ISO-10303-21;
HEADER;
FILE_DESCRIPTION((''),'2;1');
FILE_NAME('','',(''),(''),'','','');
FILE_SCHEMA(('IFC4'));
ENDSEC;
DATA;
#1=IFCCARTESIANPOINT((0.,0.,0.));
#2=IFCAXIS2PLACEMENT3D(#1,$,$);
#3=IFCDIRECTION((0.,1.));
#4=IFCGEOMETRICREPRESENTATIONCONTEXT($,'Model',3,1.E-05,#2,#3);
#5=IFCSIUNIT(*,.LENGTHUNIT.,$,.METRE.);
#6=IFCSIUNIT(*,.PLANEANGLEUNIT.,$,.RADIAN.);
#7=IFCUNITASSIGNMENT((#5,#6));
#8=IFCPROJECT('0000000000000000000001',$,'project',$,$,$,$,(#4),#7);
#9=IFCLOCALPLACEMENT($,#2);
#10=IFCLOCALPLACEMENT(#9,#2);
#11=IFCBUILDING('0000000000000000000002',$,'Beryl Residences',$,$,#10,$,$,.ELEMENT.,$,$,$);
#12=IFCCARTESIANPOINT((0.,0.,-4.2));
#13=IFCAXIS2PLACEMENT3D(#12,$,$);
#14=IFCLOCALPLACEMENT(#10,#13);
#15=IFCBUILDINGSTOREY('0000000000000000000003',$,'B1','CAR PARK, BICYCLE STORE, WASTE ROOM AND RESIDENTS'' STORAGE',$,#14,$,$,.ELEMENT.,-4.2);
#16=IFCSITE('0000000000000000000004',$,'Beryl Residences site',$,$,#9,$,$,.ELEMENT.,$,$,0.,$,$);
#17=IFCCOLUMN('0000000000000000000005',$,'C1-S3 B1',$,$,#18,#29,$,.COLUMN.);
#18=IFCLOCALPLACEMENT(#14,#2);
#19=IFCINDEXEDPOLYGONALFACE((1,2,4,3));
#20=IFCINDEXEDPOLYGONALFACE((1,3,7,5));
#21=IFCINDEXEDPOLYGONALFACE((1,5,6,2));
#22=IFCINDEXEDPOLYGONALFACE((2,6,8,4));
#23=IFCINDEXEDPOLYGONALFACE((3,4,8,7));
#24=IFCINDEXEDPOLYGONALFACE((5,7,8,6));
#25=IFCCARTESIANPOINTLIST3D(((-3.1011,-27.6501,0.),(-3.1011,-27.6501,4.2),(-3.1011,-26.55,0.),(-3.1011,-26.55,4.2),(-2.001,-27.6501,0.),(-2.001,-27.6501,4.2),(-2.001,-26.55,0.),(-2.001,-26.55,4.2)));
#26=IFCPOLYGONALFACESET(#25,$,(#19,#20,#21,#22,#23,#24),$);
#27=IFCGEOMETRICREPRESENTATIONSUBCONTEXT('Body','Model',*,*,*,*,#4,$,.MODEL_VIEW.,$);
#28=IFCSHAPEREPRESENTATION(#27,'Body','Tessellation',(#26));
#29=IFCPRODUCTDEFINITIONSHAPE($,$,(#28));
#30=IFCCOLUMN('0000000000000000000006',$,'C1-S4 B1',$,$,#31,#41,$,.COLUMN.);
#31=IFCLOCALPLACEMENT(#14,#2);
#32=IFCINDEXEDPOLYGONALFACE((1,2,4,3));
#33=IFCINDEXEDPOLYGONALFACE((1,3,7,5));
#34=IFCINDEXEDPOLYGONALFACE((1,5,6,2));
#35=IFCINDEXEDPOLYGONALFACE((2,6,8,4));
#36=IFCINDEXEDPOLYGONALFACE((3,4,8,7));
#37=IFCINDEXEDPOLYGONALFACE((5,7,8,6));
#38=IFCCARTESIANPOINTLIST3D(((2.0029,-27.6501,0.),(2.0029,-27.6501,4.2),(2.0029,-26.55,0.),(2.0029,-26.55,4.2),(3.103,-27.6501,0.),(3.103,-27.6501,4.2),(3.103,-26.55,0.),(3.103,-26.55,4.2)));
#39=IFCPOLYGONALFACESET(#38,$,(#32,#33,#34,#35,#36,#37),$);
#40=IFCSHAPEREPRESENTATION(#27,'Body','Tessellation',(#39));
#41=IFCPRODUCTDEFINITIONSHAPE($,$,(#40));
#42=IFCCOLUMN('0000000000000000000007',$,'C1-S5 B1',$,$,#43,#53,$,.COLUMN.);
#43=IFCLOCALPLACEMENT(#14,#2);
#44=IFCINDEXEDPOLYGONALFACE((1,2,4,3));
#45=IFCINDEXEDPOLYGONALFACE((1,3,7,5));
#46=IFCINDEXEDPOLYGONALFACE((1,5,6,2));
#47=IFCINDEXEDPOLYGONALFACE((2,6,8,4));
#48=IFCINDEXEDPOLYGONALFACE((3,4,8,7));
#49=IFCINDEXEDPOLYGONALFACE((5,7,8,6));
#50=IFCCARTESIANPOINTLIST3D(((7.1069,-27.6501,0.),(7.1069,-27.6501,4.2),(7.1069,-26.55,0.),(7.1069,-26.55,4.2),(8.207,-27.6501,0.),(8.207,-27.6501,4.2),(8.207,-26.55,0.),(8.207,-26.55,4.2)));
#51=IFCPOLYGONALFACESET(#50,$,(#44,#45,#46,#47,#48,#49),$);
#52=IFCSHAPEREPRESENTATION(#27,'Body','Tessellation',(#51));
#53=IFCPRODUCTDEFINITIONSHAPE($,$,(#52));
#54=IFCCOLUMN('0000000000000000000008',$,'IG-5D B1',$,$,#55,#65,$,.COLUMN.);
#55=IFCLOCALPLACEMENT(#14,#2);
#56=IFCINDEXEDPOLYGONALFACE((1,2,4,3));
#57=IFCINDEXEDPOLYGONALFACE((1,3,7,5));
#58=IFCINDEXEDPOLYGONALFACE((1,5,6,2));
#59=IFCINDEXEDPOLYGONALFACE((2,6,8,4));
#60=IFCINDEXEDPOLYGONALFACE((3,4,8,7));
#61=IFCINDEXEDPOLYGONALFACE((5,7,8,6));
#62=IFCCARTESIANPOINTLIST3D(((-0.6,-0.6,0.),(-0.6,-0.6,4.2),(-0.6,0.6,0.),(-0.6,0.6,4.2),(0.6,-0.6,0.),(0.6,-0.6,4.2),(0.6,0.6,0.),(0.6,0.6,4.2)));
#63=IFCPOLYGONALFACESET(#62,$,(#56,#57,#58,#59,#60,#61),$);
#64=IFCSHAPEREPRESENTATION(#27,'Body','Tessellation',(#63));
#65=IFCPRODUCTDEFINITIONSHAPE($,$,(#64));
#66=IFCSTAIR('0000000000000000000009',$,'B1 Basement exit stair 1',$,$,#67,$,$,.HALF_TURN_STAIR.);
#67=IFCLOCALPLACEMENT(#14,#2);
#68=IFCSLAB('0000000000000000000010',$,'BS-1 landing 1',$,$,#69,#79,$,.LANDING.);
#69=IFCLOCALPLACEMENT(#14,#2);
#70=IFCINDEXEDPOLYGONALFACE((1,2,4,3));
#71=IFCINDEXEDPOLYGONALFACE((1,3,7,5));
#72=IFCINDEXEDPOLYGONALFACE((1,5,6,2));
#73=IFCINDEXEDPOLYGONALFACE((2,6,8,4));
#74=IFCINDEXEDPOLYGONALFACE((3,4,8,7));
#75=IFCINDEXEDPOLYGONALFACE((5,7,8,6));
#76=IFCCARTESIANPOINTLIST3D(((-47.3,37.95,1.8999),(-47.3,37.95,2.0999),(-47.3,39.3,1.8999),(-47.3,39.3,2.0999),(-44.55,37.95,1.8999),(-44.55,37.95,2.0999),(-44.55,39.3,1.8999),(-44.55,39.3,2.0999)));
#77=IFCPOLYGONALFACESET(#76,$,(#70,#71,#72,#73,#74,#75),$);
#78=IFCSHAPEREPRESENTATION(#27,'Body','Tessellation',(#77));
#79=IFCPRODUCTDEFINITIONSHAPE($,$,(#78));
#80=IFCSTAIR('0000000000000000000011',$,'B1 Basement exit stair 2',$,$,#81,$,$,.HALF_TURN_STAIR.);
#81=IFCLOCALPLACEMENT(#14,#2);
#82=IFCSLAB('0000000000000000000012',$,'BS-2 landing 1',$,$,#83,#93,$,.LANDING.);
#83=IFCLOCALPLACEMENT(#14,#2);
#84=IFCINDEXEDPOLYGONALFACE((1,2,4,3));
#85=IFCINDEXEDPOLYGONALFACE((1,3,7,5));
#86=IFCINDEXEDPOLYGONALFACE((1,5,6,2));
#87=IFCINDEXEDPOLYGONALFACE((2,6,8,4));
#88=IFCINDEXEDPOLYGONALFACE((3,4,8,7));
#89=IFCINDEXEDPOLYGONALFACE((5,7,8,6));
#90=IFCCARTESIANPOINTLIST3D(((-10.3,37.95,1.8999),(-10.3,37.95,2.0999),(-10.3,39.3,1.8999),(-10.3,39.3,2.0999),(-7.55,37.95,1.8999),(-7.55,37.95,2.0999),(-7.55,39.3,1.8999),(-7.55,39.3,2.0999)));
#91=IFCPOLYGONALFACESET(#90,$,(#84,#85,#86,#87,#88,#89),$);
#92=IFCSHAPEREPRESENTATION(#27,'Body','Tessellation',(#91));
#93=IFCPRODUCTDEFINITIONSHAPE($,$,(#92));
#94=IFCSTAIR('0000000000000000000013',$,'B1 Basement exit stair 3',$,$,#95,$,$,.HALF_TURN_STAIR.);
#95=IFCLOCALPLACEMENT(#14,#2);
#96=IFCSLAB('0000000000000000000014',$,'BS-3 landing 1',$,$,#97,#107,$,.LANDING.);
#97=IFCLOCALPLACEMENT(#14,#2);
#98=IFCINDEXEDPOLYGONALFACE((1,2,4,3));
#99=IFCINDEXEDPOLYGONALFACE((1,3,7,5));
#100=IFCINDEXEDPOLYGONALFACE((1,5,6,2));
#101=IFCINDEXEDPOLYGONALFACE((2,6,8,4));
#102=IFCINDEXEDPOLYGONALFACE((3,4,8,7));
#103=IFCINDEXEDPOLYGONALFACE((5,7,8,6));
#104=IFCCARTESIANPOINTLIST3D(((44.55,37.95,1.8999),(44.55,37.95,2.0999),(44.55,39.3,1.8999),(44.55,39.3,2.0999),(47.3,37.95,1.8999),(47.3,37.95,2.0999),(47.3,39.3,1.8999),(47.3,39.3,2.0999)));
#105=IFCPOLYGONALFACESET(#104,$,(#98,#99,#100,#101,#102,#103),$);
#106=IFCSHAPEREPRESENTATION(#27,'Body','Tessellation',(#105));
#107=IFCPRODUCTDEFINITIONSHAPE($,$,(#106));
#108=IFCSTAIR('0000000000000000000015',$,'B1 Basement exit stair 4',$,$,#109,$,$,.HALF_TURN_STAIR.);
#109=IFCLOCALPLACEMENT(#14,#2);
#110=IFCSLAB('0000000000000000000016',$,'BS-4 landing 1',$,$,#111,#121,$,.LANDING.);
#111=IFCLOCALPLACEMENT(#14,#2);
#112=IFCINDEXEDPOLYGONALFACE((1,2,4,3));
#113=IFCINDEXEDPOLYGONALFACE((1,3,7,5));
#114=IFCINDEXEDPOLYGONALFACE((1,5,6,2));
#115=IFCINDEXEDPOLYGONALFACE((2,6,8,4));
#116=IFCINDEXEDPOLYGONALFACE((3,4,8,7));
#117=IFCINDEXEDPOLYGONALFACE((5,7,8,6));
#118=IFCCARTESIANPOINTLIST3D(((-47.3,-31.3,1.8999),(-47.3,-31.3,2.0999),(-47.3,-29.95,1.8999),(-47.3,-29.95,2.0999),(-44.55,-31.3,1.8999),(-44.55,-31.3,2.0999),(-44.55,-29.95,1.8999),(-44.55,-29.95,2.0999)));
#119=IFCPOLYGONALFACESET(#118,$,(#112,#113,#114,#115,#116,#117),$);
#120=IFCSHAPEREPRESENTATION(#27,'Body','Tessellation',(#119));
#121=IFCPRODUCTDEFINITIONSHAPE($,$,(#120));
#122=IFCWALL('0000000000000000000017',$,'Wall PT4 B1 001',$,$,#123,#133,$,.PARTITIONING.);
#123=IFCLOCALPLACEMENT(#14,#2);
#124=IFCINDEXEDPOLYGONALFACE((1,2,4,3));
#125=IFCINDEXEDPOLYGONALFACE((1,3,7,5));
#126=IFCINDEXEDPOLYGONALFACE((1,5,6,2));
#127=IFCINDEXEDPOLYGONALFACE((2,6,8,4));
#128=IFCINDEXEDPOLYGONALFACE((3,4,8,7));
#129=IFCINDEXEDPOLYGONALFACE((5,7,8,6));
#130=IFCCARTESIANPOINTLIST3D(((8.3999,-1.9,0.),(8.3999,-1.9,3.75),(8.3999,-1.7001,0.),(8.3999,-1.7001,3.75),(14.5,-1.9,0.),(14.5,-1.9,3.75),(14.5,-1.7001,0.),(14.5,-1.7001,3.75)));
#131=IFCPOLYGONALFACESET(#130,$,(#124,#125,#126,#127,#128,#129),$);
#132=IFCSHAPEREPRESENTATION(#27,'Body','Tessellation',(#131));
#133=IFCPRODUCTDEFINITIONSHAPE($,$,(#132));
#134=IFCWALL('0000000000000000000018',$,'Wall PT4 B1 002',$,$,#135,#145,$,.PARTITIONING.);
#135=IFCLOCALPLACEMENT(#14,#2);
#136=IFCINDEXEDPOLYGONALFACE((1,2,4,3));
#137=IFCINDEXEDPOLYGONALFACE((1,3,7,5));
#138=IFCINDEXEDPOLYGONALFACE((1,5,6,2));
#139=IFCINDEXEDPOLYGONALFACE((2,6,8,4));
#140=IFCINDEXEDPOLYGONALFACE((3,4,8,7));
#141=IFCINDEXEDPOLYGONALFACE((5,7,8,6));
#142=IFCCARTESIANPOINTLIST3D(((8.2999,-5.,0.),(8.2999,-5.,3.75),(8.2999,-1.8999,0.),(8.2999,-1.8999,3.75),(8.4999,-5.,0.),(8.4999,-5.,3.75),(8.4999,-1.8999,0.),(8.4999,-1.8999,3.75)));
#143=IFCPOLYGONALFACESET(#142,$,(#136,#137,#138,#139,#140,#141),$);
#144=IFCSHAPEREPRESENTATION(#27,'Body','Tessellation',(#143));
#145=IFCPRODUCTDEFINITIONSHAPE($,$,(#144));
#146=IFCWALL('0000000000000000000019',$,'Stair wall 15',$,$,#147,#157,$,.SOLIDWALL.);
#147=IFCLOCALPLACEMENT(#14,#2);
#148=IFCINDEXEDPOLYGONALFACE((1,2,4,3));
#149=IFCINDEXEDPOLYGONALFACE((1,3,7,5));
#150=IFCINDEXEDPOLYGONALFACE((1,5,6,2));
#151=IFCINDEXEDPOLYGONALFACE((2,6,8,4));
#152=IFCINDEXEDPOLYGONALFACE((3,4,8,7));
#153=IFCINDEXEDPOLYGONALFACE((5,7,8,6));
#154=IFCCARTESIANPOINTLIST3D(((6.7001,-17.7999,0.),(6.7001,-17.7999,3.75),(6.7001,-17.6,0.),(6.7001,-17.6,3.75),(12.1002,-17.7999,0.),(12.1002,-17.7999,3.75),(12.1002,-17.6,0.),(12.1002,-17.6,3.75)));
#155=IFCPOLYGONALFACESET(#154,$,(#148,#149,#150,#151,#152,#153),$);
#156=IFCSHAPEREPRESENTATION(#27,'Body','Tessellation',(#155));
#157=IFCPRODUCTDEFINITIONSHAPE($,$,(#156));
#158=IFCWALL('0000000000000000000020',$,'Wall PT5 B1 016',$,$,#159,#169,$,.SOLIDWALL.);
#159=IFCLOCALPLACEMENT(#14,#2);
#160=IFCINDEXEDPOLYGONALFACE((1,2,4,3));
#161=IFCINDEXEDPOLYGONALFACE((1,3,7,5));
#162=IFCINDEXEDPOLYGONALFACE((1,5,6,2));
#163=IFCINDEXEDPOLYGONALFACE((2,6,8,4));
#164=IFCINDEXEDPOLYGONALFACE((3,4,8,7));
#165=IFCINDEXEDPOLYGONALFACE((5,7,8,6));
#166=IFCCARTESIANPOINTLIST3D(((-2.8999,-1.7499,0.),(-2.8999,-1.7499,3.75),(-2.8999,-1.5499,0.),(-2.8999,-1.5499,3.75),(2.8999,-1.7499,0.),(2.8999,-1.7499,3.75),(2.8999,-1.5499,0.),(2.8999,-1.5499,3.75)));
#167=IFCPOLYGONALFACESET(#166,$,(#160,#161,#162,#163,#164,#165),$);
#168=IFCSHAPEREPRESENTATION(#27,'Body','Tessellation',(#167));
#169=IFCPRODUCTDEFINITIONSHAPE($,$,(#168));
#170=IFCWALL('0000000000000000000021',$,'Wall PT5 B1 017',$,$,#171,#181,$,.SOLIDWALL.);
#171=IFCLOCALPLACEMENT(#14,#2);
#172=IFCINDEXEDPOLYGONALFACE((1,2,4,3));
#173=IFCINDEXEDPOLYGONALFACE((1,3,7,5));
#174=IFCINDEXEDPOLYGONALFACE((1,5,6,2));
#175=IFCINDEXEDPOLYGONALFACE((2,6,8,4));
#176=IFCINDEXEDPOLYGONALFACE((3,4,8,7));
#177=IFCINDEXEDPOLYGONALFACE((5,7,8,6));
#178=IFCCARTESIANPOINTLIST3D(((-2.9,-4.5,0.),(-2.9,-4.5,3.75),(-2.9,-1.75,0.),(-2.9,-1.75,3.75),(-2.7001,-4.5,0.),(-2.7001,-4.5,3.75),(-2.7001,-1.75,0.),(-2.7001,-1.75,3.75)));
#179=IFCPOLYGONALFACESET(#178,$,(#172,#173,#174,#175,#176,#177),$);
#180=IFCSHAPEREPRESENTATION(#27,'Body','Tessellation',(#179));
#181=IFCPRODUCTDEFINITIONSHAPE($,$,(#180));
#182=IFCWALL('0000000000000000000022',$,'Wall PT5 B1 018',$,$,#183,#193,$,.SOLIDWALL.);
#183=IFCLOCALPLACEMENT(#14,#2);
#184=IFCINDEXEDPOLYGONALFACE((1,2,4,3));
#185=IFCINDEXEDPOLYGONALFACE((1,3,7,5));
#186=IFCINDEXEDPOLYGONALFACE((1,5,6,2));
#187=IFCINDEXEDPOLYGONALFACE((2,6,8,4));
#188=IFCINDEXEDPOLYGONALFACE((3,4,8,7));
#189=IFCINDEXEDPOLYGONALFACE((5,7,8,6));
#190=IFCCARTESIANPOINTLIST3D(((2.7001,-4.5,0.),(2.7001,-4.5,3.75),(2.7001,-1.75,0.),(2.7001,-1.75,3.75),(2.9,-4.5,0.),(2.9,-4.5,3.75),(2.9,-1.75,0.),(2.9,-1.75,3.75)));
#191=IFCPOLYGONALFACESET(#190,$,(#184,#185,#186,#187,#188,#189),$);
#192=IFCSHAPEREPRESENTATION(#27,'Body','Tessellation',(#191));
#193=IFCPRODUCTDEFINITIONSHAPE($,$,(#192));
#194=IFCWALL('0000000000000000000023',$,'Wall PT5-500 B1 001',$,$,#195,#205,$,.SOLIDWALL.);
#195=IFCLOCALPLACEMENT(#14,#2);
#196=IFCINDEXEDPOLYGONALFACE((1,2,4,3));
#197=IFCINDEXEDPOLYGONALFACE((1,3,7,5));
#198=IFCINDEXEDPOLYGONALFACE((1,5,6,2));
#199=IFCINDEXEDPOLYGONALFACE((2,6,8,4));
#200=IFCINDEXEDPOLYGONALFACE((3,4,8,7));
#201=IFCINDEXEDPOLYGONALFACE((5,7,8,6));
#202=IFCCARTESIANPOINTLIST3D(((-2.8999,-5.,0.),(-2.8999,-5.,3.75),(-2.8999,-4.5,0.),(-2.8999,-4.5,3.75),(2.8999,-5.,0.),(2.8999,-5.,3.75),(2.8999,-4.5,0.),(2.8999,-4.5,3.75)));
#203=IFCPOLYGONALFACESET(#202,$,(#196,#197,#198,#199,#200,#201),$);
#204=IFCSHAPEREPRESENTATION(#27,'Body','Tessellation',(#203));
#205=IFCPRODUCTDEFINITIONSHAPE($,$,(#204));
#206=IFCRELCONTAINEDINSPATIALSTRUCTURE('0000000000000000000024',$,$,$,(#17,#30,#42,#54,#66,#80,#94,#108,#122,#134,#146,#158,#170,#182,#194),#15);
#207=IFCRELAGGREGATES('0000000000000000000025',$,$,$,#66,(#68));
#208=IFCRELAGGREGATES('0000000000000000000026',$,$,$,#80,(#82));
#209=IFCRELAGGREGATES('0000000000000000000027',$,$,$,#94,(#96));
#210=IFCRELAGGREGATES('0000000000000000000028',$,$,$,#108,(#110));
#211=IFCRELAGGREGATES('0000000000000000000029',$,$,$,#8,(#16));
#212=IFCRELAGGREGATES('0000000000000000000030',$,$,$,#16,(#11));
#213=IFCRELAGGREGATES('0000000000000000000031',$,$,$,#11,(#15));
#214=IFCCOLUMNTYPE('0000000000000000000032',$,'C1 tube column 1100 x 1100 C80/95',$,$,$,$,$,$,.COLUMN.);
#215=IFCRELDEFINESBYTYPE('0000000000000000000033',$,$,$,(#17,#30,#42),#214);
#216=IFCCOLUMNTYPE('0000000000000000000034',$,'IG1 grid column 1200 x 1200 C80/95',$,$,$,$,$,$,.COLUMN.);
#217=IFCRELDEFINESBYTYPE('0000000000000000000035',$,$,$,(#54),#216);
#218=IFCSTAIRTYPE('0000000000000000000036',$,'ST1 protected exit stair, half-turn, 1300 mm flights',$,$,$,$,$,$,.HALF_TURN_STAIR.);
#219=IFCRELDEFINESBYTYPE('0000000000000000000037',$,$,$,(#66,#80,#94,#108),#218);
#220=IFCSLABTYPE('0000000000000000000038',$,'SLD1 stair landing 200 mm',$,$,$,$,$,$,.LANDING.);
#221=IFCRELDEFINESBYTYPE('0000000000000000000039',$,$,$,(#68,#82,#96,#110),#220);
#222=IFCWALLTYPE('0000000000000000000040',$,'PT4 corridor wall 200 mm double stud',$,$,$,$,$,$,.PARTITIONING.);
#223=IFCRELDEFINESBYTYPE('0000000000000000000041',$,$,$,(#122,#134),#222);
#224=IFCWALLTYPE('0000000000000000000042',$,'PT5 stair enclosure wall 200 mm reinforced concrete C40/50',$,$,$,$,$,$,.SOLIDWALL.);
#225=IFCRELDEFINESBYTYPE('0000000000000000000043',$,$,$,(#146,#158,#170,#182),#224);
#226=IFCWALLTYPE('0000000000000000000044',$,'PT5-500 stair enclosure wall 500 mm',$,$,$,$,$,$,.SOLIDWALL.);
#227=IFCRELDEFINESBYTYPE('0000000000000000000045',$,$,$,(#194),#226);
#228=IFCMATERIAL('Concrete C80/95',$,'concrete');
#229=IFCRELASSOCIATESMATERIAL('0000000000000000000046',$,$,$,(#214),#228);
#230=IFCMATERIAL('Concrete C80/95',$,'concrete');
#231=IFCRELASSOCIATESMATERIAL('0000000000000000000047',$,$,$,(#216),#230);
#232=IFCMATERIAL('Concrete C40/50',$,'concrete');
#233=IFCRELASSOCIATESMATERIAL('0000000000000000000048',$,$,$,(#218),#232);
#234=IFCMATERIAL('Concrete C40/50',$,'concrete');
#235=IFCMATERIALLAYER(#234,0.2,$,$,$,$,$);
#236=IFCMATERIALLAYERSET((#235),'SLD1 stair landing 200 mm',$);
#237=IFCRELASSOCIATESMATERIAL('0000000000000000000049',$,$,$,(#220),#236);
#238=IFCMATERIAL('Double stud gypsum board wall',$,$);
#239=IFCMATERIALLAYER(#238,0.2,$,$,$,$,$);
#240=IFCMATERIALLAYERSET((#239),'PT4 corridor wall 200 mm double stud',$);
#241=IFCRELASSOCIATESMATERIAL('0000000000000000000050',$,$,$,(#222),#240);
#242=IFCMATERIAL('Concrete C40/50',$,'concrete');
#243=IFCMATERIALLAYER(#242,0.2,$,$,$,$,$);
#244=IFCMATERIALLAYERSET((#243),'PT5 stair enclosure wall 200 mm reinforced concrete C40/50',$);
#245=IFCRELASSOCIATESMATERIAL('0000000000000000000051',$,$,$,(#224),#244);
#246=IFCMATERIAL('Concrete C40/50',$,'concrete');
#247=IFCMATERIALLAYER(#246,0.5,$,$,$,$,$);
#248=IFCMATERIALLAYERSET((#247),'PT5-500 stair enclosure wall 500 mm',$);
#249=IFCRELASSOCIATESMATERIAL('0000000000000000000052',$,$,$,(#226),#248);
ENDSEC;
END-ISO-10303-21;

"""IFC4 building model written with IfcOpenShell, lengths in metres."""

from ifc_helpers import new_model, si_unit, direction, frame, frame_2d, origin, origin_with_axes, origin_2d, place, context, subcontext, project, spatial, polyline, rectangle, outline, extrude, material, layer, layer_set, material_profile, profile_set, type_object, element, aggregate, save


model = new_model("IFC4")

# Units and contexts
model_context = context("Model", 3, precision=1e-05, world=origin(), true_north=direction((0.0, 1.0)))
body_context = subcontext(model_context, "Body", "Model", "MODEL_VIEW")
ifc_project = project(units=[si_unit("LENGTHUNIT", "METRE"), si_unit("PLANEANGLEUNIT", "RADIAN")], contexts=[model_context])

# Site, building, storey
site_placement = place(None, origin())
site = spatial("IfcSite", under=ifc_project, at=site_placement, Name="Beryl Residences site", CompositionType="ELEMENT", RefElevation=0.0)
building_placement = place(site_placement, origin())
building = spatial("IfcBuilding", under=site, at=building_placement, Name="Beryl Residences", CompositionType="ELEMENT")
storey_placement = place(building_placement, frame((0.0, 0.0, -4.2)))
storey = spatial("IfcBuildingStorey", under=building, at=storey_placement, Name="B1", Description="CAR PARK, BICYCLE STORE, WASTE ROOM AND RESIDENTS' STORAGE", CompositionType="ELEMENT", Elevation=-4.2)

# Columns
ifc_material_1 = material(Name="Concrete C80/95", Category="concrete")
ifc_material_profile_1 = material_profile(ifc_material_1, rectangle(XDim=1.1001, YDim=1.1001, at=origin_2d()))
ifc_profile_set_1 = profile_set([ifc_material_profile_1], Name="Concrete C80/95")
column_type_1 = type_object("IfcColumnType", Name="C1 tube column 1100 x 1100 C80/95", PredefinedType="COLUMN", material=ifc_profile_set_1)
for number, where, z_axis, x_axis, name in (
    (1, (-2.551, -27.1001, 0.0), (0.0, 0.0, 1.0), (1.0, 0.0, 0.0), "C1-S3 B1"),
    (2, (2.553, -27.1001, 0.0), (0.0, 0.0, 1.0), (1.0, 0.0, 0.0), "C1-S4 B1"),
    (3, (7.657, -27.1001, 0.0), (0.0, 0.0, 1.0), (1.0, 0.0, 0.0), "C1-S5 B1"),
):
    element("IfcColumn", number, at=place(storey_placement, frame(where, z_axis=z_axis, x_axis=x_axis)), inside=storey, type_object=column_type_1, Name=name, PredefinedType="COLUMN", context=body_context, shape_type="SweptSolid", body=[
        extrude(rectangle(XDim=1.1001, YDim=1.1001, at=origin_2d()), origin(), (0.0, 0.0, 1.0), 4.2),
    ])
ifc_material_2 = material(Name="Concrete C80/95", Category="concrete")
ifc_material_profile_2 = material_profile(ifc_material_2, rectangle(XDim=1.2, YDim=1.2, at=origin_2d()))
ifc_profile_set_2 = profile_set([ifc_material_profile_2], Name="Concrete C80/95")
column_type_2 = type_object("IfcColumnType", Name="IG1 grid column 1200 x 1200 C80/95", PredefinedType="COLUMN", material=ifc_profile_set_2)
column_placement = place(storey_placement, origin_with_axes())
element("IfcColumn", 4, at=column_placement, inside=storey, type_object=column_type_2, Name="IG-5D B1", PredefinedType="COLUMN", context=body_context, shape_type="SweptSolid", body=[
    extrude(rectangle(XDim=1.2, YDim=1.2, at=origin_2d()), origin(), (0.0, 0.0, 1.0), 4.2),
])

# Stairs, slabs
ifc_material_3 = material(Name="Concrete C40/50", Category="concrete")
stair_type = type_object("IfcStairType", Name="ST1 protected exit stair, half-turn, 1300 mm flights", PredefinedType="HALF_TURN_STAIR", material=ifc_material_3)
stair_1_placement = place(storey_placement, origin())
stair_1 = element("IfcStair", 5, at=stair_1_placement, inside=storey, type_object=stair_type, Name="B1 Basement exit stair 1", PredefinedType="HALF_TURN_STAIR")
ifc_material_4 = material(Name="Concrete C40/50", Category="concrete")
ifc_layer_1 = layer(ifc_material_4, 0.2)
ifc_layer_set_1 = layer_set([ifc_layer_1], Name="SLD1 stair landing 200 mm")
slab_type_1 = type_object("IfcSlabType", Name="SLD1 stair landing 200 mm", PredefinedType="LANDING", material=ifc_layer_set_1)
slab_1_placement = place(storey_placement, frame((0.0, 0.0, 1.8999)))
slab_1 = element("IfcSlab", 6, at=slab_1_placement, type_object=slab_type_1, Name="BS-1 landing 1", PredefinedType="LANDING", context=body_context, shape_type="SweptSolid", body=[
    extrude(outline(polyline([(-44.55, 37.95), (-44.55, 39.3), (-47.3, 39.3), (-47.3, 37.95), (-44.55, 37.95)])), origin(), (0.0, 0.0, 1.0), 0.2),
])
aggregate(stair_1, [slab_1])
stair_2_placement = place(storey_placement, origin())
stair_2 = element("IfcStair", 7, at=stair_2_placement, inside=storey, type_object=stair_type, Name="B1 Basement exit stair 2", PredefinedType="HALF_TURN_STAIR")
slab_2_placement = place(storey_placement, frame((0.0, 0.0, 1.8999)))
slab_2 = element("IfcSlab", 8, at=slab_2_placement, type_object=slab_type_1, Name="BS-2 landing 1", PredefinedType="LANDING", context=body_context, shape_type="SweptSolid", body=[
    extrude(outline(polyline([(-7.55, 37.95), (-7.55, 39.3), (-10.3, 39.3), (-10.3, 37.95), (-7.55, 37.95)])), origin(), (0.0, 0.0, 1.0), 0.2),
])
aggregate(stair_2, [slab_2])
stair_3_placement = place(storey_placement, origin())
stair_3 = element("IfcStair", 9, at=stair_3_placement, inside=storey, type_object=stair_type, Name="B1 Basement exit stair 3", PredefinedType="HALF_TURN_STAIR")
slab_3_placement = place(storey_placement, frame((0.0, 0.0, 1.8999)))
slab_3 = element("IfcSlab", 10, at=slab_3_placement, type_object=slab_type_1, Name="BS-3 landing 1", PredefinedType="LANDING", context=body_context, shape_type="SweptSolid", body=[
    extrude(outline(polyline([(47.3, 37.95), (47.3, 39.3), (44.55, 39.3), (44.55, 37.95), (47.3, 37.95)])), origin(), (0.0, 0.0, 1.0), 0.2),
])
aggregate(stair_3, [slab_3])
stair_4_placement = place(storey_placement, origin())
stair_4 = element("IfcStair", 11, at=stair_4_placement, inside=storey, type_object=stair_type, Name="B1 Basement exit stair 4", PredefinedType="HALF_TURN_STAIR")
slab_4_placement = place(storey_placement, frame((0.0, 0.0, 1.8999)))
slab_4 = element("IfcSlab", 12, at=slab_4_placement, type_object=slab_type_1, Name="BS-4 landing 1", PredefinedType="LANDING", context=body_context, shape_type="SweptSolid", body=[
    extrude(outline(polyline([(-47.3, -29.95), (-47.3, -31.3), (-44.55, -31.3), (-44.55, -29.95), (-47.3, -29.95)])), origin(), (0.0, 0.0, 1.0), 0.2),
])
aggregate(stair_4, [slab_4])

# Walls
ifc_material_5 = material(Name="Double stud gypsum board wall")
ifc_layer_2 = layer(ifc_material_5, 0.2)
ifc_layer_set_2 = layer_set([ifc_layer_2], Name="PT4 corridor wall 200 mm double stud")
wall_type_1 = type_object("IfcWallType", Name="PT4 corridor wall 200 mm double stud", PredefinedType="PARTITIONING", material=ifc_layer_set_2)
wall_1_placement = place(storey_placement, frame((8.3999, -1.8, 0.0), z_axis=(0.0, 0.0, 1.0), x_axis=(1.0, 0.0, 0.0)))
element("IfcWall", 13, at=wall_1_placement, inside=storey, type_object=wall_type_1, Name="Wall PT4 B1 001", PredefinedType="PARTITIONING", context=body_context, shape_type="SweptSolid", body=[
    extrude(rectangle(XDim=6.1001, YDim=0.2, at=frame_2d((3.05, 0.0))), origin(), (0.0, 0.0, 1.0), 3.75),
])
wall_2_placement = place(storey_placement, frame((8.3999, -5.0, 0.0), z_axis=(0.0, 0.0, 1.0), x_axis=(0.0, 1.0, 0.0)))
element("IfcWall", 14, at=wall_2_placement, inside=storey, type_object=wall_type_1, Name="Wall PT4 B1 002", PredefinedType="PARTITIONING", context=body_context, shape_type="SweptSolid", body=[
    extrude(rectangle(XDim=3.1001, YDim=0.2, at=frame_2d((1.55, 0.0))), origin(), (0.0, 0.0, 1.0), 3.75),
])
ifc_material_6 = material(Name="Concrete C40/50", Category="concrete")
ifc_layer_3 = layer(ifc_material_6, 0.2)
ifc_layer_set_3 = layer_set([ifc_layer_3], Name="PT5 stair enclosure wall 200 mm reinforced concrete C40/50")
wall_type_2 = type_object("IfcWallType", Name="PT5 stair enclosure wall 200 mm reinforced concrete C40/50", PredefinedType="SOLIDWALL", material=ifc_layer_set_3)
wall_3_placement = place(storey_placement, frame((6.7, -17.7, 0.0), z_axis=(0.0, 0.0, 1.0), x_axis=(1.0, 0.0, 0.0)))
element("IfcWall", 15, at=wall_3_placement, inside=storey, type_object=wall_type_2, Name="Stair wall 15", PredefinedType="SOLIDWALL", context=body_context, shape_type="SweptSolid", body=[
    extrude(rectangle(XDim=5.4001, YDim=0.2, at=frame_2d((2.7002, 0.0))), origin(), (0.0, 0.0, 1.0), 3.75),
])
wall_4_placement = place(storey_placement, frame((-2.8999, -1.6499, 0.0), z_axis=(0.0, 0.0, 1.0), x_axis=(1.0, 0.0, 0.0)))
element("IfcWall", 16, at=wall_4_placement, inside=storey, type_object=wall_type_2, Name="Wall PT5 B1 016", PredefinedType="SOLIDWALL", context=body_context, shape_type="SweptSolid", body=[
    extrude(rectangle(XDim=5.7998, YDim=0.2, at=frame_2d((2.8999, 0.0))), origin(), (0.0, 0.0, 1.0), 3.75),
])
for number, where, z_axis, x_axis, name in (
    (17, (-2.8, -4.5, 0.0), (0.0, 0.0, 1.0), (0.0, 1.0, 0.0), "Wall PT5 B1 017"),
    (18, (2.8, -4.5, 0.0), (0.0, 0.0, 1.0), (0.0, 1.0, 0.0), "Wall PT5 B1 018"),
):
    element("IfcWall", number, at=place(storey_placement, frame(where, z_axis=z_axis, x_axis=x_axis)), inside=storey, type_object=wall_type_2, Name=name, PredefinedType="SOLIDWALL", context=body_context, shape_type="SweptSolid", body=[
        extrude(rectangle(XDim=2.75, YDim=0.2, at=frame_2d((1.375, 0.0))), origin(), (0.0, 0.0, 1.0), 3.75),
    ])
ifc_material_7 = material(Name="Concrete C40/50", Category="concrete")
ifc_layer_4 = layer(ifc_material_7, 0.5)
ifc_layer_set_4 = layer_set([ifc_layer_4], Name="PT5-500 stair enclosure wall 500 mm")
wall_type_3 = type_object("IfcWallType", Name="PT5-500 stair enclosure wall 500 mm", PredefinedType="SOLIDWALL", material=ifc_layer_set_4)
wall_5_placement = place(storey_placement, frame((-2.8999, -4.75, 0.0), z_axis=(0.0, 0.0, 1.0), x_axis=(1.0, 0.0, 0.0)))
element("IfcWall", 19, at=wall_5_placement, inside=storey, type_object=wall_type_3, Name="Wall PT5-500 B1 001", PredefinedType="SOLIDWALL", context=body_context, shape_type="SweptSolid", body=[
    extrude(rectangle(XDim=5.7998, YDim=0.5, at=frame_2d((2.8999, 0.0))), origin(), (0.0, 0.0, 1.0), 3.75),
])

save(model, "model.ifc")
